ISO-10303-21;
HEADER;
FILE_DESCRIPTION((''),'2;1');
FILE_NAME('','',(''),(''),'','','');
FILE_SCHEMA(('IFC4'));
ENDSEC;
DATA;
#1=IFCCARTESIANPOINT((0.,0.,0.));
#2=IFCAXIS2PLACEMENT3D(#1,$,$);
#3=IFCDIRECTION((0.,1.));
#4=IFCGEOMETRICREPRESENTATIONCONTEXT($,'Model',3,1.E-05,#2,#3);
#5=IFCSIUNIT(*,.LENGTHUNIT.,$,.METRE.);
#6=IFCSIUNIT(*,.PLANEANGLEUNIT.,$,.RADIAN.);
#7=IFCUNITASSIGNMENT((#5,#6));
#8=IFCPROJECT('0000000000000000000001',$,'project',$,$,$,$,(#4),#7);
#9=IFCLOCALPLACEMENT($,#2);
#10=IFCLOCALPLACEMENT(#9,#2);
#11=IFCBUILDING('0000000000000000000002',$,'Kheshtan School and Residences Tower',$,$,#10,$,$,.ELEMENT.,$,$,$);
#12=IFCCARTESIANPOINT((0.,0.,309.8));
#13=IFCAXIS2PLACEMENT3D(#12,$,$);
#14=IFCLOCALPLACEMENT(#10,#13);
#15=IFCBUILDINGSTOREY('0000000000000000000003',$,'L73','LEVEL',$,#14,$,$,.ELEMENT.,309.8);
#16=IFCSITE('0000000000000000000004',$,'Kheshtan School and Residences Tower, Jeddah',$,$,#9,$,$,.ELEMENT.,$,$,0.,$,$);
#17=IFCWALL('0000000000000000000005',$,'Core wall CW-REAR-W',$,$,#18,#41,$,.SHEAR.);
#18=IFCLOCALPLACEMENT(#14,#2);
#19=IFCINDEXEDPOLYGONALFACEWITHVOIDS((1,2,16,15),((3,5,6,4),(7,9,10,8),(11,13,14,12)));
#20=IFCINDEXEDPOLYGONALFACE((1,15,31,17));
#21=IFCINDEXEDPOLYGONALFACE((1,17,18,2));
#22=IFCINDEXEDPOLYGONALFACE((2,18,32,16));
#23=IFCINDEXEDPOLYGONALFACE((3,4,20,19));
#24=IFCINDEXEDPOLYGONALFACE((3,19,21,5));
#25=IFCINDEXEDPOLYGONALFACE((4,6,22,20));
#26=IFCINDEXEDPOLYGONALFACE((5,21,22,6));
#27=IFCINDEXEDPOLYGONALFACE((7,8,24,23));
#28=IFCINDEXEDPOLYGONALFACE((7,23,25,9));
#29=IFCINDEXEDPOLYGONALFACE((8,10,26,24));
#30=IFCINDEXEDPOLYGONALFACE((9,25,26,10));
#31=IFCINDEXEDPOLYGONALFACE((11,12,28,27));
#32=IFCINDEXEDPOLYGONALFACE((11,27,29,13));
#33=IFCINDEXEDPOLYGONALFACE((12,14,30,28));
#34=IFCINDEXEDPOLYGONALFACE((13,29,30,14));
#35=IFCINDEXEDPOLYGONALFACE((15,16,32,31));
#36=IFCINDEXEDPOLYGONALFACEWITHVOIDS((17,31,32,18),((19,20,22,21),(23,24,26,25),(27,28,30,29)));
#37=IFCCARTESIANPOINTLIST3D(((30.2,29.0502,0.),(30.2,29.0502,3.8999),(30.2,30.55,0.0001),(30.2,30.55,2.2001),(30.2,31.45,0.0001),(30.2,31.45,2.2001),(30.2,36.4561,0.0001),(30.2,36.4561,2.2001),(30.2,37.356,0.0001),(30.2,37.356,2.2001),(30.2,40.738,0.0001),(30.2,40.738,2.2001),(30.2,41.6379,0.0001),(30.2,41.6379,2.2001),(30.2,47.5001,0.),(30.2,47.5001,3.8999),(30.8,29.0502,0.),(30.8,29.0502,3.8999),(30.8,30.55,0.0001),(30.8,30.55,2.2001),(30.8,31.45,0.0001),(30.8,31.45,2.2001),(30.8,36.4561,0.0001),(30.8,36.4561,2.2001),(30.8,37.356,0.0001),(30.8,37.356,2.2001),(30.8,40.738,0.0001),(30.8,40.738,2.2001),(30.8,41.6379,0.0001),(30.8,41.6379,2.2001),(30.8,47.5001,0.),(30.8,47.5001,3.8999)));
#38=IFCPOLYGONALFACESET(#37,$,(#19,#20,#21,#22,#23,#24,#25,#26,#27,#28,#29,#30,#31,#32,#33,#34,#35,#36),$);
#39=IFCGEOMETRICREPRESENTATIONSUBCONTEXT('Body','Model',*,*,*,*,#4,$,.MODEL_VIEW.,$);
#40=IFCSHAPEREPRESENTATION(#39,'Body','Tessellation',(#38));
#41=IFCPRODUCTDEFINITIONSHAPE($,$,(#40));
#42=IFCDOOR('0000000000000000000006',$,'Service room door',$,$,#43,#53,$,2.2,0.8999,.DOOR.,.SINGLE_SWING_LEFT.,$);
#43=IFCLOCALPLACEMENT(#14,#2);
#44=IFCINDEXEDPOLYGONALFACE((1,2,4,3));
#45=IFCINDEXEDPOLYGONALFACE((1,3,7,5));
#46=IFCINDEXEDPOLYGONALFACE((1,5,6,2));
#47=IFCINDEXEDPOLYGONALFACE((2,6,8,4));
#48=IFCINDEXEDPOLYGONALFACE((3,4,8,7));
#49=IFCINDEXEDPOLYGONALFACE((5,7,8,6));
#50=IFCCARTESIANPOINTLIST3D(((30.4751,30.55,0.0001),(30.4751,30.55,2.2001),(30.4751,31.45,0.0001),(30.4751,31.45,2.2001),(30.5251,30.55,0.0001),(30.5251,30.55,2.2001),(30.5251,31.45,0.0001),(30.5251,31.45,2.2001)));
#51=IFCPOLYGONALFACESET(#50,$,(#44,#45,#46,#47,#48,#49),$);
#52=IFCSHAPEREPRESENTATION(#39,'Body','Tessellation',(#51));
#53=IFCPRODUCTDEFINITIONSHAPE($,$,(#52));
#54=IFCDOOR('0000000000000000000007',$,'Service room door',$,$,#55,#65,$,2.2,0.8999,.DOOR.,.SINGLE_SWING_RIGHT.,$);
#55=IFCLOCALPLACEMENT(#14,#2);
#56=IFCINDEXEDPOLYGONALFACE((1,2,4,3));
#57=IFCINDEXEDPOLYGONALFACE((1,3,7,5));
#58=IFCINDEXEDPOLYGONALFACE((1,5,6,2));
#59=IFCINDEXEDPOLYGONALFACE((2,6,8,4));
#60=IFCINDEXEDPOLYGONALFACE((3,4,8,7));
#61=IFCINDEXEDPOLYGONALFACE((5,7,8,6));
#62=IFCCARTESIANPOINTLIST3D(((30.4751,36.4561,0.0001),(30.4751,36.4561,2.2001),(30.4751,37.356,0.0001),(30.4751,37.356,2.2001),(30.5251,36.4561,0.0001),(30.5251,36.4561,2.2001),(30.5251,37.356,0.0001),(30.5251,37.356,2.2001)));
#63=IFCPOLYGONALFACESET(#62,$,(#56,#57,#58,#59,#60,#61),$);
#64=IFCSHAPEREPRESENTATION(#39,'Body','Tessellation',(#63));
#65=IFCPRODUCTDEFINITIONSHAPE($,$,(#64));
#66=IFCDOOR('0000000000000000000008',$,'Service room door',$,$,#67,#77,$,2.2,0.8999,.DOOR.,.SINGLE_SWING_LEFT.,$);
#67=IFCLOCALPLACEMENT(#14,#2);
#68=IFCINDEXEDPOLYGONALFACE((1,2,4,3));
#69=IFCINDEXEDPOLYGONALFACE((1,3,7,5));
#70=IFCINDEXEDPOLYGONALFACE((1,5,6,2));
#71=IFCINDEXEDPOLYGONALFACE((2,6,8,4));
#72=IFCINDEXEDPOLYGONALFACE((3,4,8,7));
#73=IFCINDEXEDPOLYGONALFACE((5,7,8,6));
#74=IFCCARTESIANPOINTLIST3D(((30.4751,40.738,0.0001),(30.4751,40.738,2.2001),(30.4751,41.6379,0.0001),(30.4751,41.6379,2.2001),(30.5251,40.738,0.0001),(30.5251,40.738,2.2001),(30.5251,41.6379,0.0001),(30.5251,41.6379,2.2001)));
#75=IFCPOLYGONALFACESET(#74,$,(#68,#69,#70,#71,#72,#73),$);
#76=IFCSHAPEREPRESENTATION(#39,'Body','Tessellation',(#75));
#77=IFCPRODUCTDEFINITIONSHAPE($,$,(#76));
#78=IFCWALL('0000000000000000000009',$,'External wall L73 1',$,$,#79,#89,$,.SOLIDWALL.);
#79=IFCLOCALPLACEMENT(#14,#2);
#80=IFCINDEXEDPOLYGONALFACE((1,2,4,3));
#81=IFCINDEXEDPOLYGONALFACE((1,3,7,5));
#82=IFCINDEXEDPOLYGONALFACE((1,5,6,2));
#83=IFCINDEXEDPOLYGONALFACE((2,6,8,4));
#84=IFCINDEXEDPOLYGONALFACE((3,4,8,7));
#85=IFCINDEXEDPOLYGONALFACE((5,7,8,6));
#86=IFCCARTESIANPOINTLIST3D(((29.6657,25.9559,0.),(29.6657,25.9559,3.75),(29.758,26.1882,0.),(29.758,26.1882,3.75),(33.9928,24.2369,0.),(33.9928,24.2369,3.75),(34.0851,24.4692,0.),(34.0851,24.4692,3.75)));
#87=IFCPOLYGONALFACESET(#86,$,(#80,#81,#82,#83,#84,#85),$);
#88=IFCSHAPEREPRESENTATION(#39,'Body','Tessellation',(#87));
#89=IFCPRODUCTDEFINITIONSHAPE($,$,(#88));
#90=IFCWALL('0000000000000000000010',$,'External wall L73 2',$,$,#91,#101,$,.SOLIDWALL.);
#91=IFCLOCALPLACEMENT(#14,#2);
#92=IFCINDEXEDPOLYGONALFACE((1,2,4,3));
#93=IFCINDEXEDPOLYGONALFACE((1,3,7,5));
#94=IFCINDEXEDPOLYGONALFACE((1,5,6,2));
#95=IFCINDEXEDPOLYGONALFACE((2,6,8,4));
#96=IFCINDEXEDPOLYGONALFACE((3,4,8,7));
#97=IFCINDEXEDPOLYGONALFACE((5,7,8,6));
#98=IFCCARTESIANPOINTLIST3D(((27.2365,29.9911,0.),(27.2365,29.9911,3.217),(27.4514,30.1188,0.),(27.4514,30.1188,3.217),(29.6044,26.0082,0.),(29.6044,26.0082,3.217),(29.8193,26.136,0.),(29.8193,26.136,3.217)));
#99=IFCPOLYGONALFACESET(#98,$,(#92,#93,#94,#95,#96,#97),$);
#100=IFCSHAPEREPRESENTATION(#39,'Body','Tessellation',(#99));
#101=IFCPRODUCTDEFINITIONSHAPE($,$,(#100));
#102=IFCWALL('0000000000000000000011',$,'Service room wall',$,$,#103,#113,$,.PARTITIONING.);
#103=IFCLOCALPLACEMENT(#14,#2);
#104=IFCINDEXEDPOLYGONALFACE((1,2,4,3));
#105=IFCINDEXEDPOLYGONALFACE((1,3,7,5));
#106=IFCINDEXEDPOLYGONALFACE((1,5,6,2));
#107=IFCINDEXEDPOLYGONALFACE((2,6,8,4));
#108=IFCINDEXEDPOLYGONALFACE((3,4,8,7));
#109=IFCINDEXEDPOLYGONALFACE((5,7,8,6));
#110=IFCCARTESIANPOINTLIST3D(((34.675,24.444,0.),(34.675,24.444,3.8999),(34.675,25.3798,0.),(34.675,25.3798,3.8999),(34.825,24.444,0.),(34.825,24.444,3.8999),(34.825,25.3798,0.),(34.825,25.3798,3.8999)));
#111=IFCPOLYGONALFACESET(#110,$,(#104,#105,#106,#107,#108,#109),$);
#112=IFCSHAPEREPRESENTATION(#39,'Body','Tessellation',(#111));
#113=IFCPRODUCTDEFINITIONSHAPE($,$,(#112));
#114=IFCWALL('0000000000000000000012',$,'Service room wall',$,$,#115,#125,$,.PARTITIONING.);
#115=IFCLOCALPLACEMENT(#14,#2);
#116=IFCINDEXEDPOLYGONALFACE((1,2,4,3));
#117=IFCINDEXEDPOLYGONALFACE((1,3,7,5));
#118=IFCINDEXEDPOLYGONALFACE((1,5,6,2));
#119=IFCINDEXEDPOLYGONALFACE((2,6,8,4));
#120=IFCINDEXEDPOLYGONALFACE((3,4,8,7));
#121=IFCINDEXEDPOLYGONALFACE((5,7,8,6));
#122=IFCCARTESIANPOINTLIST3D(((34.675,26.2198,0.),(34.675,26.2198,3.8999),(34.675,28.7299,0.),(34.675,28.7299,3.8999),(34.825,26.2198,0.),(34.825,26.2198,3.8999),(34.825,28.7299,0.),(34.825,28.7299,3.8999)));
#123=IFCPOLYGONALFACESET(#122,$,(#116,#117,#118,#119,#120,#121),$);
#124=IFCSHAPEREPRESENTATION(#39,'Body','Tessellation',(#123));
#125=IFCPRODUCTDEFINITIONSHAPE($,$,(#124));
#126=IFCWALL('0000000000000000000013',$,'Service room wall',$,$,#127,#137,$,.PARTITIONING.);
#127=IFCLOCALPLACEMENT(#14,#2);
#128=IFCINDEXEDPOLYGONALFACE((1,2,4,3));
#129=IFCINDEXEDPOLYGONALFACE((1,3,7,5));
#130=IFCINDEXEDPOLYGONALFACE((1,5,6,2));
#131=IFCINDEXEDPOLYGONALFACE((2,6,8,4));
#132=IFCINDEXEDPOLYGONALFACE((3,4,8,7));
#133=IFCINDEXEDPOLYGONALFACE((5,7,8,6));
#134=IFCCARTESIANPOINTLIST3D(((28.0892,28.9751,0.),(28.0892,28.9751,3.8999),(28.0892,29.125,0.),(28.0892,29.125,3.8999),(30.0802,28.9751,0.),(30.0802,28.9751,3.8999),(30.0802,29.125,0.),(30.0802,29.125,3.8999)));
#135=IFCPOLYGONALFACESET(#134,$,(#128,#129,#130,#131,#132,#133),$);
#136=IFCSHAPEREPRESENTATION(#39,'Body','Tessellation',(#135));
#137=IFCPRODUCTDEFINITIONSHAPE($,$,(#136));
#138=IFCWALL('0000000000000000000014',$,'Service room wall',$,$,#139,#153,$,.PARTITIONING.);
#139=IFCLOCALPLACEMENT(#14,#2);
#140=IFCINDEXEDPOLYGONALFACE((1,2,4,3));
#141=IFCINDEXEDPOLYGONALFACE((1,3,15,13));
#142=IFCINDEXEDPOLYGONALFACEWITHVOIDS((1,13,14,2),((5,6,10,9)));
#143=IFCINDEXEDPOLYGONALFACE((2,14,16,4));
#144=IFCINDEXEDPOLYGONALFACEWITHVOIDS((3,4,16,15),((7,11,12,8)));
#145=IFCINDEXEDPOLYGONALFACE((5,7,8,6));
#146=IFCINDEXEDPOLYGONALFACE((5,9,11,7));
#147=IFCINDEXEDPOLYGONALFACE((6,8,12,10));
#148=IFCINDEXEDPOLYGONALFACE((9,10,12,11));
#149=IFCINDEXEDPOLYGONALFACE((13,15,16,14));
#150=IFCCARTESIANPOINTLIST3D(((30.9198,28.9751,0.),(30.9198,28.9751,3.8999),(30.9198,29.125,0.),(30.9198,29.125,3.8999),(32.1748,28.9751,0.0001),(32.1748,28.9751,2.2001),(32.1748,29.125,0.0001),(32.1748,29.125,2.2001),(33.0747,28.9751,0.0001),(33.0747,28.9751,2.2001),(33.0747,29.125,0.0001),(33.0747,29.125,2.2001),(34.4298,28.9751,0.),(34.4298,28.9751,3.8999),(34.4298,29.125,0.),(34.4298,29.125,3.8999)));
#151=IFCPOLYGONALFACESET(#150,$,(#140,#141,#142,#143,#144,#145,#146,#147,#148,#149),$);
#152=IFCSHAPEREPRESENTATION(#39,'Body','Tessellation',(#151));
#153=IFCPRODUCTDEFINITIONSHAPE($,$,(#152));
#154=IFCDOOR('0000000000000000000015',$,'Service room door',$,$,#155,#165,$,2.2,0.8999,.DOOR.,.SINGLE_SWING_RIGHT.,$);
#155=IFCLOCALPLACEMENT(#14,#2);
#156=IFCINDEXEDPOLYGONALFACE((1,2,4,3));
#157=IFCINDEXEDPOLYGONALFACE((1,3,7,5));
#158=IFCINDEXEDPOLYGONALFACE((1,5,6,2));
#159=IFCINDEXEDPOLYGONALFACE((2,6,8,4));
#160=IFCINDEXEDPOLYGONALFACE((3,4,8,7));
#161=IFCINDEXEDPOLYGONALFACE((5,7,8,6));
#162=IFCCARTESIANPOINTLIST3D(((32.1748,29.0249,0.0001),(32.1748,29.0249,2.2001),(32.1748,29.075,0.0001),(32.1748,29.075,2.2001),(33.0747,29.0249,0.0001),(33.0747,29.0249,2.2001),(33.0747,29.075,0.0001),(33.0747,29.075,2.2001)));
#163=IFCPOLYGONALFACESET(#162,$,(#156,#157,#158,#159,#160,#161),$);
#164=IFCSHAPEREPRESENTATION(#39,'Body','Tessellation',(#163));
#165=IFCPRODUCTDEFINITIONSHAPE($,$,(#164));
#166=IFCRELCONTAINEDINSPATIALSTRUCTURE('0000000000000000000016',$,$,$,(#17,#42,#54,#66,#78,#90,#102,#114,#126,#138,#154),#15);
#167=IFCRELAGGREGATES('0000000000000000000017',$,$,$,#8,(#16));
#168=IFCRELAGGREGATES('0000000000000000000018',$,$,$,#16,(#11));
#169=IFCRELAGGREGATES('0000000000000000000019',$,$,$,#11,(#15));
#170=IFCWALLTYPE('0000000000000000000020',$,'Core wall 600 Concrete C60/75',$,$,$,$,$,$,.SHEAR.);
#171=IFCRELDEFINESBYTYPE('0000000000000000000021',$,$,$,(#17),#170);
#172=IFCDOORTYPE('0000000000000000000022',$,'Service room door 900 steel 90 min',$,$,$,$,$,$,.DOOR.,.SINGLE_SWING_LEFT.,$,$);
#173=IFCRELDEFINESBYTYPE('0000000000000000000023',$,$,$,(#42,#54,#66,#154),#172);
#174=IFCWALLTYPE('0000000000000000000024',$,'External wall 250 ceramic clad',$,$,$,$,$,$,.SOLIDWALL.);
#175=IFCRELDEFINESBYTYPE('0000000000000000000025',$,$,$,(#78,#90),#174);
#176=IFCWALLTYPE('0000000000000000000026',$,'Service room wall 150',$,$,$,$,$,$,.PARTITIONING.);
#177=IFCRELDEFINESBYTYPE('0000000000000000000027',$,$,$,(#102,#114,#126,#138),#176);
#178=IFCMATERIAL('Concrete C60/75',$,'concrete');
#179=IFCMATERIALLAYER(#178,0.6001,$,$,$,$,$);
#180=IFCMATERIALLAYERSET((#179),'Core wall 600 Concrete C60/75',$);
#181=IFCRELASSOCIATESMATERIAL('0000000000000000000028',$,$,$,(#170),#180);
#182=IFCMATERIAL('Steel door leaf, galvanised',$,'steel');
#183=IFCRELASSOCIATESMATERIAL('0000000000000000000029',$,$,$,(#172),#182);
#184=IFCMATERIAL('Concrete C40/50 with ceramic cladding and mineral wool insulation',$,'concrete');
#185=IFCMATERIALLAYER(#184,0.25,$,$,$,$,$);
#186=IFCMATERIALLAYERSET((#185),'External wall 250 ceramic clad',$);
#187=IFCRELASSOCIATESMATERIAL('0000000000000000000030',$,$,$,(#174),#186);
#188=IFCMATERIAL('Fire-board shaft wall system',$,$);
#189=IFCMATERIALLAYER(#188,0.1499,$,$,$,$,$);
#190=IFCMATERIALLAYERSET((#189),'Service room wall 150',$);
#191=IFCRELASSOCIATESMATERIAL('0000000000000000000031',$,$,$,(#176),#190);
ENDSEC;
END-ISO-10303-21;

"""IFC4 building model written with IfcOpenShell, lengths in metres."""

from ifc_helpers import new_model, si_unit, direction, frame, frame_2d, origin, place, context, subcontext, project, spatial, rectangle, extrude, source, transform, mapped, material, layer, layer_set, type_object, element, fill, save


model = new_model("IFC4")

# Units and contexts
model_context = context("Model", 3, precision=1e-05, world=origin(), true_north=direction((0.0, 1.0)))
body_context = subcontext(model_context, "Body", "Model", "MODEL_VIEW")
ifc_project = project(units=[si_unit("LENGTHUNIT", "METRE"), si_unit("PLANEANGLEUNIT", "RADIAN")], contexts=[model_context])

# Site, building, storey
site_placement = place(None, origin())
site = spatial("IfcSite", under=ifc_project, at=site_placement, Name="Kheshtan School and Residences Tower, Jeddah", CompositionType="ELEMENT", RefElevation=0.0)
building_placement = place(site_placement, origin())
building = spatial("IfcBuilding", under=site, at=building_placement, Name="Kheshtan School and Residences Tower", CompositionType="ELEMENT")
storey_placement = place(building_placement, frame((0.0, 0.0, 309.8)))
storey = spatial("IfcBuildingStorey", under=building, at=storey_placement, Name="L73", Description="LEVEL", CompositionType="ELEMENT", Elevation=309.8)

# Shared definitions
ifc_material_1 = material(Name="Concrete C60/75", Category="concrete")
ifc_layer_1 = layer(ifc_material_1, 0.6001)
ifc_layer_set_1 = layer_set([ifc_layer_1], Name="Core wall 600 Concrete C60/75")
wall_type_1 = type_object("IfcWallType", Name="Core wall 600 Concrete C60/75", PredefinedType="SHEAR", material=ifc_layer_set_1)

# Wall, openings, doors
wall_1_placement = place(storey_placement, frame((30.5, 29.05, 0.0), z_axis=(0.0, 0.0, 1.0), x_axis=(0.0, 1.0, 0.0)))
wall_1 = element("IfcWall", 1, at=wall_1_placement, inside=storey, type_object=wall_type_1, Name="Core wall CW-REAR-W", PredefinedType="SHEAR", context=body_context, shape_type="SweptSolid", body=[
    extrude(rectangle(XDim=18.45, YDim=0.6001, at=frame_2d((9.2251, 0.0))), origin(), (0.0, 0.0, 1.0), 3.8999),
])
opening_1_placement = place(wall_1_placement, frame((1.5, 0.0, 0.0)))
opening_1 = element("IfcOpeningElement", 2, at=opening_1_placement, cuts=wall_1, PredefinedType="OPENING", context=body_context, shape_type="SweptSolid", body=[
    extrude(rectangle(XDim=0.8999, YDim=2.2, at=frame_2d((0.45, 1.1001))), frame((0.0, 0.3101, 0.0), z_axis=(0.0, -1.0, 0.0), x_axis=(1.0, 0.0, 0.0)), (0.0, 0.0, 1.0), 0.6201),
])
opening_2_placement = place(wall_1_placement, frame((7.406, 0.0, 0.0)))
opening_2 = element("IfcOpeningElement", 3, at=opening_2_placement, cuts=wall_1, PredefinedType="OPENING", context=body_context, shape_type="SweptSolid", body=[
    extrude(rectangle(XDim=0.8999, YDim=2.2, at=frame_2d((0.45, 1.1001))), frame((0.0, 0.3101, 0.0), z_axis=(0.0, -1.0, 0.0), x_axis=(1.0, 0.0, 0.0)), (0.0, 0.0, 1.0), 0.6201),
])
opening_3_placement = place(wall_1_placement, frame((11.688, 0.0, 0.0)))
opening_3 = element("IfcOpeningElement", 4, at=opening_3_placement, cuts=wall_1, PredefinedType="OPENING", context=body_context, shape_type="SweptSolid", body=[
    extrude(rectangle(XDim=0.8999, YDim=2.2, at=frame_2d((0.45, 1.1001))), frame((0.0, 0.3101, 0.0), z_axis=(0.0, -1.0, 0.0), x_axis=(1.0, 0.0, 0.0)), (0.0, 0.0, 1.0), 0.6201),
])
ifc_material_2 = material(Name="Steel door leaf, galvanised", Category="steel")
door_type = type_object("IfcDoorType", Name="Service room door 900 steel 90 min", OperationType="SINGLE_SWING_LEFT", PredefinedType="DOOR", material=ifc_material_2)
shared_shape = source(origin(), body_context, "Body", "SweptSolid", [
    extrude(rectangle(XDim=0.8999, YDim=2.2, at=frame_2d((0.45, 1.1001))), frame((0.0, 0.0249, 0.0), z_axis=(0.0, -1.0, 0.0), x_axis=(1.0, 0.0, 0.0)), (0.0, 0.0, 1.0), 0.05),
])
door_1_placement = place(opening_1_placement, origin())
door_1 = element("IfcDoor", 5, at=door_1_placement, inside=storey, type_object=door_type, Name="Service room door", OperationType="SINGLE_SWING_LEFT", OverallHeight=2.2, OverallWidth=0.8999, PredefinedType="DOOR", context=body_context, shape_type="MappedRepresentation", body=[
    mapped(shared_shape, transform((0.0, 0.0, 0.0), x_axis=(1.0, 0.0, 0.0), y_axis=(0.0, 1.0, 0.0), z_axis=(0.0, 0.0, 1.0), scale=1.0)),
])
fill(opening_1, door_1)
door_2_placement = place(opening_2_placement, origin())
door_2 = element("IfcDoor", 6, at=door_2_placement, inside=storey, type_object=door_type, Name="Service room door", OperationType="SINGLE_SWING_RIGHT", OverallHeight=2.2, OverallWidth=0.8999, PredefinedType="DOOR", context=body_context, shape_type="MappedRepresentation", body=[
    mapped(shared_shape, transform((0.0, 0.0, 0.0), x_axis=(1.0, 0.0, 0.0), y_axis=(0.0, 1.0, 0.0), z_axis=(0.0, 0.0, 1.0), scale=1.0)),
])
fill(opening_2, door_2)
door_3_placement = place(opening_3_placement, origin())
door_3 = element("IfcDoor", 7, at=door_3_placement, inside=storey, type_object=door_type, Name="Service room door", OperationType="SINGLE_SWING_LEFT", OverallHeight=2.2, OverallWidth=0.8999, PredefinedType="DOOR", context=body_context, shape_type="MappedRepresentation", body=[
    mapped(shared_shape, transform((0.0, 0.0, 0.0), x_axis=(1.0, 0.0, 0.0), y_axis=(0.0, 1.0, 0.0), z_axis=(0.0, 0.0, 1.0), scale=1.0)),
])
fill(opening_3, door_3)

# Walls
ifc_material_3 = material(Name="Concrete C40/50 with ceramic cladding and mineral wool insulation", Category="concrete")
ifc_layer_2 = layer(ifc_material_3, 0.25)
ifc_layer_set_2 = layer_set([ifc_layer_2], Name="External wall 250 ceramic clad")
wall_type_2 = type_object("IfcWallType", Name="External wall 250 ceramic clad", PredefinedType="SOLIDWALL", material=ifc_layer_set_2)
wall_2_placement = place(storey_placement, frame((34.0391, 24.353, 0.0), z_axis=(0.0, 0.0, 1.0), x_axis=(-0.929353, 0.369193, 0.0)))
element("IfcWall", 8, at=wall_2_placement, inside=storey, type_object=wall_type_2, Name="External wall L73 1", PredefinedType="SOLIDWALL", context=body_context, shape_type="SweptSolid", body=[
    extrude(rectangle(XDim=4.656, YDim=0.25, at=frame_2d((2.3281, 0.0))), origin(), (0.0, 0.0, 1.0), 3.75),
])
wall_3_placement = place(storey_placement, frame((29.7119, 26.072, 0.0), z_axis=(0.0, 0.0, 1.0), x_axis=(-0.511028, 0.859564, 0.0)))
element("IfcWall", 9, at=wall_3_placement, inside=storey, type_object=wall_type_2, Name="External wall L73 2", PredefinedType="SOLIDWALL", context=body_context, shape_type="SweptSolid", body=[
    extrude(rectangle(XDim=4.6335, YDim=0.25, at=frame_2d((2.3169, 0.0))), origin(), (0.0, 0.0, 1.0), 3.217),
])
ifc_material_4 = material(Name="Fire-board shaft wall system")
ifc_layer_3 = layer(ifc_material_4, 0.1499)
ifc_layer_set_3 = layer_set([ifc_layer_3], Name="Service room wall 150")
wall_type_3 = type_object("IfcWallType", Name="Service room wall 150", PredefinedType="PARTITIONING", material=ifc_layer_set_3)
wall_4_placement = place(storey_placement, frame((34.75, 24.4441, 0.0), z_axis=(0.0, 0.0, 1.0), x_axis=(0.0, 1.0, 0.0)))
element("IfcWall", 10, at=wall_4_placement, inside=storey, type_object=wall_type_3, Name="Service room wall", PredefinedType="PARTITIONING", context=body_context, shape_type="SweptSolid", body=[
    extrude(rectangle(XDim=0.9358, YDim=0.1499, at=frame_2d((0.4678, 0.0))), origin(), (0.0, 0.0, 1.0), 3.8999),
])
wall_5_placement = place(storey_placement, frame((34.75, 26.22, 0.0), z_axis=(0.0, 0.0, 1.0), x_axis=(0.0, 1.0, 0.0)))
element("IfcWall", 11, at=wall_5_placement, inside=storey, type_object=wall_type_3, Name="Service room wall", PredefinedType="PARTITIONING", context=body_context, shape_type="SweptSolid", body=[
    extrude(rectangle(XDim=2.51, YDim=0.1499, at=frame_2d((1.2549, 0.0))), origin(), (0.0, 0.0, 1.0), 3.8999),
])
wall_6_placement = place(storey_placement, frame((28.0891, 29.05, 0.0), z_axis=(0.0, 0.0, 1.0), x_axis=(1.0, 0.0, 0.0)))
element("IfcWall", 12, at=wall_6_placement, inside=storey, type_object=wall_type_3, Name="Service room wall", PredefinedType="PARTITIONING", context=body_context, shape_type="SweptSolid", body=[
    extrude(rectangle(XDim=1.991, YDim=0.1499, at=frame_2d((0.9956, 0.0))), origin(), (0.0, 0.0, 1.0), 3.8999),
])

# Wall, opening, door
wall_7_placement = place(storey_placement, frame((30.9199, 29.05, 0.0), z_axis=(0.0, 0.0, 1.0), x_axis=(1.0, 0.0, 0.0)))
wall_7 = element("IfcWall", 13, at=wall_7_placement, inside=storey, type_object=wall_type_3, Name="Service room wall", PredefinedType="PARTITIONING", context=body_context, shape_type="SweptSolid", body=[
    extrude(rectangle(XDim=3.51, YDim=0.1499, at=frame_2d((1.7549, 0.0))), origin(), (0.0, 0.0, 1.0), 3.8999),
])
opening_4_placement = place(wall_7_placement, frame((1.2549, 0.0, 0.0)))
opening_4 = element("IfcOpeningElement", 14, at=opening_4_placement, cuts=wall_7, PredefinedType="OPENING", context=body_context, shape_type="SweptSolid", body=[
    extrude(rectangle(XDim=0.8999, YDim=2.2, at=frame_2d((0.45, 1.1001))), frame((0.0, 0.085, 0.0), z_axis=(0.0, -1.0, 0.0), x_axis=(1.0, 0.0, 0.0)), (0.0, 0.0, 1.0), 0.1699),
])
door_4_placement = place(opening_4_placement, origin())
door_4 = element("IfcDoor", 15, at=door_4_placement, inside=storey, type_object=door_type, Name="Service room door", OperationType="SINGLE_SWING_RIGHT", OverallHeight=2.2, OverallWidth=0.8999, PredefinedType="DOOR", context=body_context, shape_type="MappedRepresentation", body=[
    mapped(shared_shape, transform((0.0, 0.0, 0.0), x_axis=(1.0, 0.0, 0.0), y_axis=(0.0, 1.0, 0.0), z_axis=(0.0, 0.0, 1.0), scale=1.0)),
])
fill(opening_4, door_4)

save(model, "model.ifc")
